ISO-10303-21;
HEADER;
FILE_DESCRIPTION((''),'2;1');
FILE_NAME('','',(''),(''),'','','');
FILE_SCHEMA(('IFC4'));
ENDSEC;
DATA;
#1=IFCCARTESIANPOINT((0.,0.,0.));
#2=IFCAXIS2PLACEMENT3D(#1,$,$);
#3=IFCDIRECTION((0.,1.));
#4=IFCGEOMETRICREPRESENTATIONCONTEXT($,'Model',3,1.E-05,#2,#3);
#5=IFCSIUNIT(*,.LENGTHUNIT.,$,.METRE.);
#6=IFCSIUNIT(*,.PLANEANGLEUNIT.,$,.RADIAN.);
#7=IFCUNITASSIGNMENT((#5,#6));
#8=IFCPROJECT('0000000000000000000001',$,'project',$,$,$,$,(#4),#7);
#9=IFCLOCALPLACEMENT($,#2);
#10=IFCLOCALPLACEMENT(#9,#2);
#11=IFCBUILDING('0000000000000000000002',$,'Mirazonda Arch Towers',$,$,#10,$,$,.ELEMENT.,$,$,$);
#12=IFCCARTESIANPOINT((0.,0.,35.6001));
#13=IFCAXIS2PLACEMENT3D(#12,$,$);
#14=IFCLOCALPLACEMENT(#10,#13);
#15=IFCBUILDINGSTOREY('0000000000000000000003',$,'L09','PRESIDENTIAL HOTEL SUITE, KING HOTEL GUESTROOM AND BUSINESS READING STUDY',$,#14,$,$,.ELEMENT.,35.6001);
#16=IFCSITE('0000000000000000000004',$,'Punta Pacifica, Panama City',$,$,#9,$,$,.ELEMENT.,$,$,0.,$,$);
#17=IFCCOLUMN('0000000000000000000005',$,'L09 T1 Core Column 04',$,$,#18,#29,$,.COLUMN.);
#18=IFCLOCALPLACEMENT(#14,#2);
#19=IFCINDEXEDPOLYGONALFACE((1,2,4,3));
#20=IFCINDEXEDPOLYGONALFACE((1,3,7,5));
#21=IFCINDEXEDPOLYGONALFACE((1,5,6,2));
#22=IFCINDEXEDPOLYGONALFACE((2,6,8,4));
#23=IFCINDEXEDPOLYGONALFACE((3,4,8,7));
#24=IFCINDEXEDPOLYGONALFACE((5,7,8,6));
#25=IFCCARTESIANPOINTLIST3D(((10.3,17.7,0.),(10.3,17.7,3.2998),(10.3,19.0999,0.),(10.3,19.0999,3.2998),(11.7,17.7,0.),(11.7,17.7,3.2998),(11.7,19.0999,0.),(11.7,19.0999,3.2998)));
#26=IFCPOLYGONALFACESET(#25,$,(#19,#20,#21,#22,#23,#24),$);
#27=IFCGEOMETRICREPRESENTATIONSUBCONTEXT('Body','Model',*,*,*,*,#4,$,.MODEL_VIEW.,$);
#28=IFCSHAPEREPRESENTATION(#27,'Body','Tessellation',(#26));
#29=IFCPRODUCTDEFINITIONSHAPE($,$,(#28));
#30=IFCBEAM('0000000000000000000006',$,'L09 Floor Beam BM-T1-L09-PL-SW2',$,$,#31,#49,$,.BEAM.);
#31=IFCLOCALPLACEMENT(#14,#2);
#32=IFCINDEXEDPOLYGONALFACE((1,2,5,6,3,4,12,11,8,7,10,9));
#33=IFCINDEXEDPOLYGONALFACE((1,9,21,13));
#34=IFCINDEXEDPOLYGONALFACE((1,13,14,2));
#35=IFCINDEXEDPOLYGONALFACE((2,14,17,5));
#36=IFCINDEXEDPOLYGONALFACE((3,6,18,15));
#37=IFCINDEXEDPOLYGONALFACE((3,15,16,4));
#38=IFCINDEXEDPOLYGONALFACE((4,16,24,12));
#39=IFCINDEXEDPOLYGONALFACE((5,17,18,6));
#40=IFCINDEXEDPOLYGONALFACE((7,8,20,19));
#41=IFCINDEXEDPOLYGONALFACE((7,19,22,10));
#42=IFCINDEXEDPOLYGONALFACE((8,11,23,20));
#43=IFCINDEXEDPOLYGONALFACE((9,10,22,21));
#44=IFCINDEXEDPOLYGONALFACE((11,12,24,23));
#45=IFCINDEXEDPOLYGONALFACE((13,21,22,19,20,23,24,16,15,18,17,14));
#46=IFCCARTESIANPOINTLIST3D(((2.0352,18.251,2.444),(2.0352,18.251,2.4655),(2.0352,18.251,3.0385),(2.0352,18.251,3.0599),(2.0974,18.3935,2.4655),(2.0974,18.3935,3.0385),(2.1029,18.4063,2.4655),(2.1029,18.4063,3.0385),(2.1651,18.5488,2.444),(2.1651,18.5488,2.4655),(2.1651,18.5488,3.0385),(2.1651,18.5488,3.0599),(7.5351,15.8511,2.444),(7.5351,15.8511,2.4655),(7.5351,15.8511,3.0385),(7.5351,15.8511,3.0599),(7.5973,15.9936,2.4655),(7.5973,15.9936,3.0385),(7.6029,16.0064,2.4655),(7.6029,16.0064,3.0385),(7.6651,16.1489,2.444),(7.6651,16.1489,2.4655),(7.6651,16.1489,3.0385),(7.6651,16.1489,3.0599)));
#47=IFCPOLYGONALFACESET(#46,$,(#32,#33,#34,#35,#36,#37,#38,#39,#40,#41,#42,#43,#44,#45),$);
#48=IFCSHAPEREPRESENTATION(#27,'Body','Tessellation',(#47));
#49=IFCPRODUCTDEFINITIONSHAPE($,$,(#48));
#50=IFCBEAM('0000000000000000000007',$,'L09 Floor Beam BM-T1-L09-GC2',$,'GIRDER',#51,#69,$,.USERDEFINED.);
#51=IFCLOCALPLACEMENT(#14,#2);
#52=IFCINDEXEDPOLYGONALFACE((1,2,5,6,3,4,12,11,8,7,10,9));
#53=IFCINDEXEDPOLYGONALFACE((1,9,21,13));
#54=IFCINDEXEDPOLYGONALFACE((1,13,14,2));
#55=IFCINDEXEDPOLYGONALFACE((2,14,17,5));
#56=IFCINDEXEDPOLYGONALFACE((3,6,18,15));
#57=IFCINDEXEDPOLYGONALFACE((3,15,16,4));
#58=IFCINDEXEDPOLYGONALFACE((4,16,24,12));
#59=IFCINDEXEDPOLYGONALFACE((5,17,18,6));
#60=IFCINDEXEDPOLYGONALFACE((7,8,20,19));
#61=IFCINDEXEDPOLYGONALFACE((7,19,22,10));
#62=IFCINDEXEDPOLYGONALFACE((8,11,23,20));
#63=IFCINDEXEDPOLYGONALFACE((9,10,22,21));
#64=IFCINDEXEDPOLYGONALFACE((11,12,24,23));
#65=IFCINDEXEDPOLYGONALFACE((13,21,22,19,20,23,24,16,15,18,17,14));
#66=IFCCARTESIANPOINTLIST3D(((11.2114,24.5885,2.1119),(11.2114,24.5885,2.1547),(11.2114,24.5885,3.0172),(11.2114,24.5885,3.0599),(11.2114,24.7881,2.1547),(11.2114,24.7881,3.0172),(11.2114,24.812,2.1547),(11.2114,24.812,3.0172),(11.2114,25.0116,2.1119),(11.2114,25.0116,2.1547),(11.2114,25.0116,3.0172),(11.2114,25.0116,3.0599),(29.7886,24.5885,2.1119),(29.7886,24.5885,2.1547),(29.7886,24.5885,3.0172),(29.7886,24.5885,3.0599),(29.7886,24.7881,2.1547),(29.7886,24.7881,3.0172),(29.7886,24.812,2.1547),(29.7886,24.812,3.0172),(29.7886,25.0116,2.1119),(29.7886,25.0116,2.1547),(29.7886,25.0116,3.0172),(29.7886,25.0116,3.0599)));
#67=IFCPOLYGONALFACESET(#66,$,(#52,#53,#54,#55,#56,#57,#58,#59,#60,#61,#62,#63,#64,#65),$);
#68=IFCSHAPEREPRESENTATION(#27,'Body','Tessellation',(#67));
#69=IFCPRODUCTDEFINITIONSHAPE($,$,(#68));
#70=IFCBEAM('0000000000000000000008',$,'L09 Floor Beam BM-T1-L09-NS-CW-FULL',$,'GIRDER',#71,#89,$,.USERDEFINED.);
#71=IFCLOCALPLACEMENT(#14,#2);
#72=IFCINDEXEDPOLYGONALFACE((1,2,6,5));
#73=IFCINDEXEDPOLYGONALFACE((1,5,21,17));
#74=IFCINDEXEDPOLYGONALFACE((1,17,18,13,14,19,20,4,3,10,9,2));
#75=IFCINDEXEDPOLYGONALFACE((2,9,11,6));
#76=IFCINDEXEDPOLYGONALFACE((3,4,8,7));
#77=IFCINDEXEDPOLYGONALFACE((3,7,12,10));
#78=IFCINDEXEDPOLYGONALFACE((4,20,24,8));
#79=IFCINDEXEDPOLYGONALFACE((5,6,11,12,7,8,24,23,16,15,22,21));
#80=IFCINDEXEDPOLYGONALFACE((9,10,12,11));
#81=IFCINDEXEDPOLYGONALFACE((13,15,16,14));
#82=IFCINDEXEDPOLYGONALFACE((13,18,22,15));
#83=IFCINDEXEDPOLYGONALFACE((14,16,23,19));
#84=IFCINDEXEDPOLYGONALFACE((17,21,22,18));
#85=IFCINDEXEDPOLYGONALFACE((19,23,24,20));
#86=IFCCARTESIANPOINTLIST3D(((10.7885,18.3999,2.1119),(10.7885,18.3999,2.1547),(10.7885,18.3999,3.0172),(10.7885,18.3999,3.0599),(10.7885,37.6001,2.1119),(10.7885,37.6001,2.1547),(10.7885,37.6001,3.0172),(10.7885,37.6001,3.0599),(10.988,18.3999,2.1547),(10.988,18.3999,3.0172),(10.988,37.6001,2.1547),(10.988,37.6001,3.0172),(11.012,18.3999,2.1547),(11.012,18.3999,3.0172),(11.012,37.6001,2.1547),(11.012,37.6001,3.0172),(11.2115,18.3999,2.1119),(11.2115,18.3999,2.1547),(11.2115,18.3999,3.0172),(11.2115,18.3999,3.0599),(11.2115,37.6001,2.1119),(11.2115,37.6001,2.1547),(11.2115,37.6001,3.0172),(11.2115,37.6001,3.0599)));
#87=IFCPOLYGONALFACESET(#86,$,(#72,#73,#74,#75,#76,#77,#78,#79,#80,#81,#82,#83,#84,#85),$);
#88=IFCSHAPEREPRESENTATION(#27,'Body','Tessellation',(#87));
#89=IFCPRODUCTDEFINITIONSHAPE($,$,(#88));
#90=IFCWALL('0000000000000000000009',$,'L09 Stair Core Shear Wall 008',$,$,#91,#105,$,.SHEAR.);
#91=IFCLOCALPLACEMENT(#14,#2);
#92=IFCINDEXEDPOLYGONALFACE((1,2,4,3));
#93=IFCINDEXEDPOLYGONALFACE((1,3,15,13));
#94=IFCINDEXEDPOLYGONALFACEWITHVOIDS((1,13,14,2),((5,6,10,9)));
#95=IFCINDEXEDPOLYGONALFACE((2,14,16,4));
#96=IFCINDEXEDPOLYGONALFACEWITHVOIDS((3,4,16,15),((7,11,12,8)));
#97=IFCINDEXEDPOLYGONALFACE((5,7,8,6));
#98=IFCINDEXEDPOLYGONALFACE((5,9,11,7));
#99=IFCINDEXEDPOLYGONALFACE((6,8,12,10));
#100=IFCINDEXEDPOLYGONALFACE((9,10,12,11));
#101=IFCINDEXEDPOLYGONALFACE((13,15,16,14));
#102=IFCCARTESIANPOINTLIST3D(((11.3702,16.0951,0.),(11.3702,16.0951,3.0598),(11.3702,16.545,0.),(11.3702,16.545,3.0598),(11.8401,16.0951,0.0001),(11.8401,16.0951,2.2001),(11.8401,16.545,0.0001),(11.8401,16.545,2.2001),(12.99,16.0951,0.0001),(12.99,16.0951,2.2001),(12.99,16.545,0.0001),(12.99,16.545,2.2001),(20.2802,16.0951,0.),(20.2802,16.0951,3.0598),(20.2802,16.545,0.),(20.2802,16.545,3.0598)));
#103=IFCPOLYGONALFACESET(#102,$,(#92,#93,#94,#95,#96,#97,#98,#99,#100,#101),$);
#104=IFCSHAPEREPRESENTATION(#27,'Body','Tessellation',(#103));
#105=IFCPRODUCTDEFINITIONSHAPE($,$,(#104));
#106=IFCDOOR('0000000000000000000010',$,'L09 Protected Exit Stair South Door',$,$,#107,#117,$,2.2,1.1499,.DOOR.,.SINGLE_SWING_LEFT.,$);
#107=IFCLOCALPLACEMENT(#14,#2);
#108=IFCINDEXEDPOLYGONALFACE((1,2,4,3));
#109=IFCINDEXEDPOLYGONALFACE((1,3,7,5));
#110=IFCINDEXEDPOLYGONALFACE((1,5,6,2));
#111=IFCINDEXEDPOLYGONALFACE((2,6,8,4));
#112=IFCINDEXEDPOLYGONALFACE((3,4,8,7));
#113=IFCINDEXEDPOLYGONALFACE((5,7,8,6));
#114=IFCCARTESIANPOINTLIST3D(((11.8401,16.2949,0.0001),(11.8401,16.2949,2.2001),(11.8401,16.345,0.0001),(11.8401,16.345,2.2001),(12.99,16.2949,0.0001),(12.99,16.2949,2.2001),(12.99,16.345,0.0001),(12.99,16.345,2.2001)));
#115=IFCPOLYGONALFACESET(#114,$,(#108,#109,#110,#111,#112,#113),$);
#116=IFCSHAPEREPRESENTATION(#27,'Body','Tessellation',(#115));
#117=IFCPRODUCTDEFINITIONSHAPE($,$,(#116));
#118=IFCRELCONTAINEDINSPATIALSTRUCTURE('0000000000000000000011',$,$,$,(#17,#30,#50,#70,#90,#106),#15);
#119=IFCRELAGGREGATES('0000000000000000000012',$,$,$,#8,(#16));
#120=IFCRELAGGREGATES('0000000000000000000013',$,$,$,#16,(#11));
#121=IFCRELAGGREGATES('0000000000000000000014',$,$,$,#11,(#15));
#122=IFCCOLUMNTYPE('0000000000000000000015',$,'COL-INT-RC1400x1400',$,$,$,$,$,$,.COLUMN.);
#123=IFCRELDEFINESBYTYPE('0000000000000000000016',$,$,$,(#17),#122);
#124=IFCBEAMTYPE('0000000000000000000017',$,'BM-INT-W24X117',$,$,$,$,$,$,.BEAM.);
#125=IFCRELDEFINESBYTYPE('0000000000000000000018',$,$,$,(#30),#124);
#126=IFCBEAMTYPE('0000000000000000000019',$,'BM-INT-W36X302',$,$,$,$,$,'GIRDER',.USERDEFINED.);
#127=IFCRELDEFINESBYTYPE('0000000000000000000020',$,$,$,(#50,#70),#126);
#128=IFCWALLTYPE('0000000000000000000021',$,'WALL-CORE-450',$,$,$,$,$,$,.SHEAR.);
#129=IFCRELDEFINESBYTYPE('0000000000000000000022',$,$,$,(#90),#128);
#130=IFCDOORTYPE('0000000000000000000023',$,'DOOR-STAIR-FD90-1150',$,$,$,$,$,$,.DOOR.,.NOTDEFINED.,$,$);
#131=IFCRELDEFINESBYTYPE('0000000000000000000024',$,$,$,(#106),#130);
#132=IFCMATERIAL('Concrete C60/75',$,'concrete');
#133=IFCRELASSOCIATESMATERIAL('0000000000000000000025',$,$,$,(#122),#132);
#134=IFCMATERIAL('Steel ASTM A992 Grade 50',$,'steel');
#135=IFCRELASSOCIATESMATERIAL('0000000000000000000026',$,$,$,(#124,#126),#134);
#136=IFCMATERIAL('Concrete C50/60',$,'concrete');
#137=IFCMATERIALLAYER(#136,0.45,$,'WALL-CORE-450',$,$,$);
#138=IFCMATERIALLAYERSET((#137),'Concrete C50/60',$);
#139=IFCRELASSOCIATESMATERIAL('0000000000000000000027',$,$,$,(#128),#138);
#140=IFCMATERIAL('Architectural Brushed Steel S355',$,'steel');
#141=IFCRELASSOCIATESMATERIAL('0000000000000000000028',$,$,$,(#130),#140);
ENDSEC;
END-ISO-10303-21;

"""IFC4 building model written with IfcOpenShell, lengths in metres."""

from ifc_helpers import new_model, si_unit, direction, frame, frame_2d, origin, origin_2d, place, context, subcontext, project, spatial, rectangle, i_section, extrude, material, layer, layer_set, material_profile, profile_set, type_object, element, fill, save


model = new_model("IFC4")

# Units and contexts
model_context = context("Model", 3, precision=1e-05, world=origin(), true_north=direction((0.0, 1.0)))
body_context = subcontext(model_context, "Body", "Model", "MODEL_VIEW")
ifc_project = project(units=[si_unit("LENGTHUNIT", "METRE"), si_unit("PLANEANGLEUNIT", "RADIAN")], contexts=[model_context])

# Site, building, storey
site_placement = place(None, origin())
site = spatial("IfcSite", under=ifc_project, at=site_placement, Name="Punta Pacifica, Panama City", CompositionType="ELEMENT", RefElevation=0.0)
building_placement = place(site_placement, origin())
building = spatial("IfcBuilding", under=site, at=building_placement, Name="Mirazonda Arch Towers", CompositionType="ELEMENT")
storey_placement = place(building_placement, frame((0.0, 0.0, 35.6001)))
storey = spatial("IfcBuildingStorey", under=building, at=storey_placement, Name="L09", Description="PRESIDENTIAL HOTEL SUITE, KING HOTEL GUESTROOM AND BUSINESS READING STUDY", CompositionType="ELEMENT", Elevation=35.6001)

# Column
ifc_material_1 = material(Name="Concrete C60/75", Category="concrete")
ifc_material_profile_1 = material_profile(ifc_material_1, rectangle(XDim=1.3999, YDim=1.3999, at=origin_2d()), Name="RC1400x1400")
ifc_profile_set_1 = profile_set([ifc_material_profile_1], Name="Concrete C60/75")
column_type = type_object("IfcColumnType", Name="COL-INT-RC1400x1400", PredefinedType="COLUMN", material=ifc_profile_set_1)
column_placement = place(storey_placement, frame((11.0, 18.3999, 0.0), z_axis=(0.0, 0.0, 1.0), x_axis=(1.0, 0.0, 0.0)))
element("IfcColumn", 1, at=column_placement, inside=storey, type_object=column_type, Name="L09 T1 Core Column 04", PredefinedType="COLUMN", context=body_context, shape_type="SweptSolid", body=[
    extrude(rectangle(XDim=1.3999, YDim=1.3999, at=origin_2d()), origin(), (0.0, 0.0, 1.0), 3.2998),
])

# Beams
ifc_material_2 = material(Name="Steel ASTM A992 Grade 50", Category="steel")
ifc_material_profile_2 = material_profile(ifc_material_2, i_section(OverallWidth=0.325, OverallDepth=0.616, WebThickness=0.0139, FlangeThickness=0.0215, at=origin_2d()), Name="W24X117")
ifc_profile_set_2 = profile_set([ifc_material_profile_2], Name="Steel ASTM A992 Grade 50")
beam_type_1 = type_object("IfcBeamType", Name="BM-INT-W24X117", PredefinedType="BEAM", material=ifc_profile_set_2)
beam_1_placement = place(storey_placement, frame((7.6001, 16.0, 2.752), z_axis=(-0.916545, 0.399931, 0.0), x_axis=(-0.399931, -0.916545, 0.0)))
element("IfcBeam", 2, at=beam_1_placement, inside=storey, type_object=beam_type_1, Name="L09 Floor Beam BM-T1-L09-PL-SW2", PredefinedType="BEAM", context=body_context, shape_type="SweptSolid", body=[
    extrude(i_section(OverallWidth=0.325, OverallDepth=0.616, WebThickness=0.0139, FlangeThickness=0.0215, at=origin_2d()), origin(), (0.0, 0.0, 1.0), 6.0007),
])
ifc_material_profile_3 = material_profile(ifc_material_2, i_section(OverallWidth=0.4231, OverallDepth=0.948, WebThickness=0.0239, FlangeThickness=0.0427, at=origin_2d()), Name="W36X302")
ifc_profile_set_3 = profile_set([ifc_material_profile_3], Name="Steel ASTM A992 Grade 50")
beam_type_2 = type_object("IfcBeamType", Name="BM-INT-W36X302", ElementType="GIRDER", PredefinedType="USERDEFINED", material=ifc_profile_set_3)
beam_2_placement = place(storey_placement, frame((11.2114, 24.8, 2.5859), z_axis=(1.0, 0.0, 0.0), x_axis=(0.0, 1.0, 0.0)))
element("IfcBeam", 3, at=beam_2_placement, inside=storey, type_object=beam_type_2, Name="L09 Floor Beam BM-T1-L09-GC2", ObjectType="GIRDER", PredefinedType="USERDEFINED", context=body_context, shape_type="SweptSolid", body=[
    extrude(i_section(OverallWidth=0.4231, OverallDepth=0.948, WebThickness=0.0239, FlangeThickness=0.0427, at=origin_2d()), origin(), (0.0, 0.0, 1.0), 18.5771),
])
beam_3_placement = place(storey_placement, frame((11.0, 18.3999, 2.5859), z_axis=(0.0, 1.0, 0.0), x_axis=(-1.0, 0.0, 0.0)))
element("IfcBeam", 4, at=beam_3_placement, inside=storey, type_object=beam_type_2, Name="L09 Floor Beam BM-T1-L09-NS-CW-FULL", ObjectType="GIRDER", PredefinedType="USERDEFINED", context=body_context, shape_type="SweptSolid", body=[
    extrude(i_section(OverallWidth=0.4231, OverallDepth=0.948, WebThickness=0.0239, FlangeThickness=0.0427, at=origin_2d()), origin(), (0.0, 0.0, 1.0), 19.2002),
])

# Wall, opening, door
ifc_material_3 = material(Name="Concrete C50/60", Category="concrete")
ifc_layer_1 = layer(ifc_material_3, 0.45, Name="WALL-CORE-450")
ifc_layer_set_1 = layer_set([ifc_layer_1], Name="Concrete C50/60")
wall_type_1 = type_object("IfcWallType", Name="WALL-CORE-450", PredefinedType="SHEAR", material=ifc_layer_set_1)
wall_1_placement = place(storey_placement, frame((11.3701, 16.3201, 0.0), z_axis=(0.0, 0.0, 1.0), x_axis=(1.0, 0.0, 0.0)))
wall_1 = element("IfcWall", 5, at=wall_1_placement, inside=storey, type_object=wall_type_1, Name="L09 Stair Core Shear Wall 008", PredefinedType="SHEAR", context=body_context, shape_type="SweptSolid", body=[
    extrude(rectangle(XDim=8.9099, YDim=0.45, at=frame_2d((4.4551, 0.0))), origin(), (0.0, 0.0, 1.0), 3.0598),
])
opening_1_placement = place(wall_1_placement, frame((0.47, 0.0, 0.0)))
opening_1 = element("IfcOpeningElement", 6, at=opening_1_placement, cuts=wall_1, PredefinedType="OPENING", context=body_context, shape_type="SweptSolid", body=[
    extrude(rectangle(XDim=1.1499, YDim=2.2, at=frame_2d((0.575, 1.1001))), frame((0.0, 0.2349, 0.0), z_axis=(0.0, -1.0, 0.0), x_axis=(1.0, 0.0, 0.0)), (0.0, 0.0, 1.0), 0.47),
])
ifc_material_4 = material(Name="Architectural Brushed Steel S355", Category="steel")
door_type_1 = type_object("IfcDoorType", Name="DOOR-STAIR-FD90-1150", OperationType="NOTDEFINED", PredefinedType="DOOR", material=ifc_material_4)
door_1_placement = place(opening_1_placement, origin())
door_1 = element("IfcDoor", 7, at=door_1_placement, inside=storey, type_object=door_type_1, Name="L09 Protected Exit Stair South Door", OperationType="SINGLE_SWING_LEFT", OverallHeight=2.2, OverallWidth=1.1499, PredefinedType="DOOR", context=body_context, shape_type="SweptSolid", body=[
    extrude(rectangle(XDim=1.1499, YDim=2.2, at=frame_2d((0.575, 1.1001))), frame((0.0, 0.0249, 0.0), z_axis=(0.0, -1.0, 0.0), x_axis=(1.0, 0.0, 0.0)), (0.0, 0.0, 1.0), 0.05),
])
fill(opening_1, door_1)

save(model, "model.ifc")
